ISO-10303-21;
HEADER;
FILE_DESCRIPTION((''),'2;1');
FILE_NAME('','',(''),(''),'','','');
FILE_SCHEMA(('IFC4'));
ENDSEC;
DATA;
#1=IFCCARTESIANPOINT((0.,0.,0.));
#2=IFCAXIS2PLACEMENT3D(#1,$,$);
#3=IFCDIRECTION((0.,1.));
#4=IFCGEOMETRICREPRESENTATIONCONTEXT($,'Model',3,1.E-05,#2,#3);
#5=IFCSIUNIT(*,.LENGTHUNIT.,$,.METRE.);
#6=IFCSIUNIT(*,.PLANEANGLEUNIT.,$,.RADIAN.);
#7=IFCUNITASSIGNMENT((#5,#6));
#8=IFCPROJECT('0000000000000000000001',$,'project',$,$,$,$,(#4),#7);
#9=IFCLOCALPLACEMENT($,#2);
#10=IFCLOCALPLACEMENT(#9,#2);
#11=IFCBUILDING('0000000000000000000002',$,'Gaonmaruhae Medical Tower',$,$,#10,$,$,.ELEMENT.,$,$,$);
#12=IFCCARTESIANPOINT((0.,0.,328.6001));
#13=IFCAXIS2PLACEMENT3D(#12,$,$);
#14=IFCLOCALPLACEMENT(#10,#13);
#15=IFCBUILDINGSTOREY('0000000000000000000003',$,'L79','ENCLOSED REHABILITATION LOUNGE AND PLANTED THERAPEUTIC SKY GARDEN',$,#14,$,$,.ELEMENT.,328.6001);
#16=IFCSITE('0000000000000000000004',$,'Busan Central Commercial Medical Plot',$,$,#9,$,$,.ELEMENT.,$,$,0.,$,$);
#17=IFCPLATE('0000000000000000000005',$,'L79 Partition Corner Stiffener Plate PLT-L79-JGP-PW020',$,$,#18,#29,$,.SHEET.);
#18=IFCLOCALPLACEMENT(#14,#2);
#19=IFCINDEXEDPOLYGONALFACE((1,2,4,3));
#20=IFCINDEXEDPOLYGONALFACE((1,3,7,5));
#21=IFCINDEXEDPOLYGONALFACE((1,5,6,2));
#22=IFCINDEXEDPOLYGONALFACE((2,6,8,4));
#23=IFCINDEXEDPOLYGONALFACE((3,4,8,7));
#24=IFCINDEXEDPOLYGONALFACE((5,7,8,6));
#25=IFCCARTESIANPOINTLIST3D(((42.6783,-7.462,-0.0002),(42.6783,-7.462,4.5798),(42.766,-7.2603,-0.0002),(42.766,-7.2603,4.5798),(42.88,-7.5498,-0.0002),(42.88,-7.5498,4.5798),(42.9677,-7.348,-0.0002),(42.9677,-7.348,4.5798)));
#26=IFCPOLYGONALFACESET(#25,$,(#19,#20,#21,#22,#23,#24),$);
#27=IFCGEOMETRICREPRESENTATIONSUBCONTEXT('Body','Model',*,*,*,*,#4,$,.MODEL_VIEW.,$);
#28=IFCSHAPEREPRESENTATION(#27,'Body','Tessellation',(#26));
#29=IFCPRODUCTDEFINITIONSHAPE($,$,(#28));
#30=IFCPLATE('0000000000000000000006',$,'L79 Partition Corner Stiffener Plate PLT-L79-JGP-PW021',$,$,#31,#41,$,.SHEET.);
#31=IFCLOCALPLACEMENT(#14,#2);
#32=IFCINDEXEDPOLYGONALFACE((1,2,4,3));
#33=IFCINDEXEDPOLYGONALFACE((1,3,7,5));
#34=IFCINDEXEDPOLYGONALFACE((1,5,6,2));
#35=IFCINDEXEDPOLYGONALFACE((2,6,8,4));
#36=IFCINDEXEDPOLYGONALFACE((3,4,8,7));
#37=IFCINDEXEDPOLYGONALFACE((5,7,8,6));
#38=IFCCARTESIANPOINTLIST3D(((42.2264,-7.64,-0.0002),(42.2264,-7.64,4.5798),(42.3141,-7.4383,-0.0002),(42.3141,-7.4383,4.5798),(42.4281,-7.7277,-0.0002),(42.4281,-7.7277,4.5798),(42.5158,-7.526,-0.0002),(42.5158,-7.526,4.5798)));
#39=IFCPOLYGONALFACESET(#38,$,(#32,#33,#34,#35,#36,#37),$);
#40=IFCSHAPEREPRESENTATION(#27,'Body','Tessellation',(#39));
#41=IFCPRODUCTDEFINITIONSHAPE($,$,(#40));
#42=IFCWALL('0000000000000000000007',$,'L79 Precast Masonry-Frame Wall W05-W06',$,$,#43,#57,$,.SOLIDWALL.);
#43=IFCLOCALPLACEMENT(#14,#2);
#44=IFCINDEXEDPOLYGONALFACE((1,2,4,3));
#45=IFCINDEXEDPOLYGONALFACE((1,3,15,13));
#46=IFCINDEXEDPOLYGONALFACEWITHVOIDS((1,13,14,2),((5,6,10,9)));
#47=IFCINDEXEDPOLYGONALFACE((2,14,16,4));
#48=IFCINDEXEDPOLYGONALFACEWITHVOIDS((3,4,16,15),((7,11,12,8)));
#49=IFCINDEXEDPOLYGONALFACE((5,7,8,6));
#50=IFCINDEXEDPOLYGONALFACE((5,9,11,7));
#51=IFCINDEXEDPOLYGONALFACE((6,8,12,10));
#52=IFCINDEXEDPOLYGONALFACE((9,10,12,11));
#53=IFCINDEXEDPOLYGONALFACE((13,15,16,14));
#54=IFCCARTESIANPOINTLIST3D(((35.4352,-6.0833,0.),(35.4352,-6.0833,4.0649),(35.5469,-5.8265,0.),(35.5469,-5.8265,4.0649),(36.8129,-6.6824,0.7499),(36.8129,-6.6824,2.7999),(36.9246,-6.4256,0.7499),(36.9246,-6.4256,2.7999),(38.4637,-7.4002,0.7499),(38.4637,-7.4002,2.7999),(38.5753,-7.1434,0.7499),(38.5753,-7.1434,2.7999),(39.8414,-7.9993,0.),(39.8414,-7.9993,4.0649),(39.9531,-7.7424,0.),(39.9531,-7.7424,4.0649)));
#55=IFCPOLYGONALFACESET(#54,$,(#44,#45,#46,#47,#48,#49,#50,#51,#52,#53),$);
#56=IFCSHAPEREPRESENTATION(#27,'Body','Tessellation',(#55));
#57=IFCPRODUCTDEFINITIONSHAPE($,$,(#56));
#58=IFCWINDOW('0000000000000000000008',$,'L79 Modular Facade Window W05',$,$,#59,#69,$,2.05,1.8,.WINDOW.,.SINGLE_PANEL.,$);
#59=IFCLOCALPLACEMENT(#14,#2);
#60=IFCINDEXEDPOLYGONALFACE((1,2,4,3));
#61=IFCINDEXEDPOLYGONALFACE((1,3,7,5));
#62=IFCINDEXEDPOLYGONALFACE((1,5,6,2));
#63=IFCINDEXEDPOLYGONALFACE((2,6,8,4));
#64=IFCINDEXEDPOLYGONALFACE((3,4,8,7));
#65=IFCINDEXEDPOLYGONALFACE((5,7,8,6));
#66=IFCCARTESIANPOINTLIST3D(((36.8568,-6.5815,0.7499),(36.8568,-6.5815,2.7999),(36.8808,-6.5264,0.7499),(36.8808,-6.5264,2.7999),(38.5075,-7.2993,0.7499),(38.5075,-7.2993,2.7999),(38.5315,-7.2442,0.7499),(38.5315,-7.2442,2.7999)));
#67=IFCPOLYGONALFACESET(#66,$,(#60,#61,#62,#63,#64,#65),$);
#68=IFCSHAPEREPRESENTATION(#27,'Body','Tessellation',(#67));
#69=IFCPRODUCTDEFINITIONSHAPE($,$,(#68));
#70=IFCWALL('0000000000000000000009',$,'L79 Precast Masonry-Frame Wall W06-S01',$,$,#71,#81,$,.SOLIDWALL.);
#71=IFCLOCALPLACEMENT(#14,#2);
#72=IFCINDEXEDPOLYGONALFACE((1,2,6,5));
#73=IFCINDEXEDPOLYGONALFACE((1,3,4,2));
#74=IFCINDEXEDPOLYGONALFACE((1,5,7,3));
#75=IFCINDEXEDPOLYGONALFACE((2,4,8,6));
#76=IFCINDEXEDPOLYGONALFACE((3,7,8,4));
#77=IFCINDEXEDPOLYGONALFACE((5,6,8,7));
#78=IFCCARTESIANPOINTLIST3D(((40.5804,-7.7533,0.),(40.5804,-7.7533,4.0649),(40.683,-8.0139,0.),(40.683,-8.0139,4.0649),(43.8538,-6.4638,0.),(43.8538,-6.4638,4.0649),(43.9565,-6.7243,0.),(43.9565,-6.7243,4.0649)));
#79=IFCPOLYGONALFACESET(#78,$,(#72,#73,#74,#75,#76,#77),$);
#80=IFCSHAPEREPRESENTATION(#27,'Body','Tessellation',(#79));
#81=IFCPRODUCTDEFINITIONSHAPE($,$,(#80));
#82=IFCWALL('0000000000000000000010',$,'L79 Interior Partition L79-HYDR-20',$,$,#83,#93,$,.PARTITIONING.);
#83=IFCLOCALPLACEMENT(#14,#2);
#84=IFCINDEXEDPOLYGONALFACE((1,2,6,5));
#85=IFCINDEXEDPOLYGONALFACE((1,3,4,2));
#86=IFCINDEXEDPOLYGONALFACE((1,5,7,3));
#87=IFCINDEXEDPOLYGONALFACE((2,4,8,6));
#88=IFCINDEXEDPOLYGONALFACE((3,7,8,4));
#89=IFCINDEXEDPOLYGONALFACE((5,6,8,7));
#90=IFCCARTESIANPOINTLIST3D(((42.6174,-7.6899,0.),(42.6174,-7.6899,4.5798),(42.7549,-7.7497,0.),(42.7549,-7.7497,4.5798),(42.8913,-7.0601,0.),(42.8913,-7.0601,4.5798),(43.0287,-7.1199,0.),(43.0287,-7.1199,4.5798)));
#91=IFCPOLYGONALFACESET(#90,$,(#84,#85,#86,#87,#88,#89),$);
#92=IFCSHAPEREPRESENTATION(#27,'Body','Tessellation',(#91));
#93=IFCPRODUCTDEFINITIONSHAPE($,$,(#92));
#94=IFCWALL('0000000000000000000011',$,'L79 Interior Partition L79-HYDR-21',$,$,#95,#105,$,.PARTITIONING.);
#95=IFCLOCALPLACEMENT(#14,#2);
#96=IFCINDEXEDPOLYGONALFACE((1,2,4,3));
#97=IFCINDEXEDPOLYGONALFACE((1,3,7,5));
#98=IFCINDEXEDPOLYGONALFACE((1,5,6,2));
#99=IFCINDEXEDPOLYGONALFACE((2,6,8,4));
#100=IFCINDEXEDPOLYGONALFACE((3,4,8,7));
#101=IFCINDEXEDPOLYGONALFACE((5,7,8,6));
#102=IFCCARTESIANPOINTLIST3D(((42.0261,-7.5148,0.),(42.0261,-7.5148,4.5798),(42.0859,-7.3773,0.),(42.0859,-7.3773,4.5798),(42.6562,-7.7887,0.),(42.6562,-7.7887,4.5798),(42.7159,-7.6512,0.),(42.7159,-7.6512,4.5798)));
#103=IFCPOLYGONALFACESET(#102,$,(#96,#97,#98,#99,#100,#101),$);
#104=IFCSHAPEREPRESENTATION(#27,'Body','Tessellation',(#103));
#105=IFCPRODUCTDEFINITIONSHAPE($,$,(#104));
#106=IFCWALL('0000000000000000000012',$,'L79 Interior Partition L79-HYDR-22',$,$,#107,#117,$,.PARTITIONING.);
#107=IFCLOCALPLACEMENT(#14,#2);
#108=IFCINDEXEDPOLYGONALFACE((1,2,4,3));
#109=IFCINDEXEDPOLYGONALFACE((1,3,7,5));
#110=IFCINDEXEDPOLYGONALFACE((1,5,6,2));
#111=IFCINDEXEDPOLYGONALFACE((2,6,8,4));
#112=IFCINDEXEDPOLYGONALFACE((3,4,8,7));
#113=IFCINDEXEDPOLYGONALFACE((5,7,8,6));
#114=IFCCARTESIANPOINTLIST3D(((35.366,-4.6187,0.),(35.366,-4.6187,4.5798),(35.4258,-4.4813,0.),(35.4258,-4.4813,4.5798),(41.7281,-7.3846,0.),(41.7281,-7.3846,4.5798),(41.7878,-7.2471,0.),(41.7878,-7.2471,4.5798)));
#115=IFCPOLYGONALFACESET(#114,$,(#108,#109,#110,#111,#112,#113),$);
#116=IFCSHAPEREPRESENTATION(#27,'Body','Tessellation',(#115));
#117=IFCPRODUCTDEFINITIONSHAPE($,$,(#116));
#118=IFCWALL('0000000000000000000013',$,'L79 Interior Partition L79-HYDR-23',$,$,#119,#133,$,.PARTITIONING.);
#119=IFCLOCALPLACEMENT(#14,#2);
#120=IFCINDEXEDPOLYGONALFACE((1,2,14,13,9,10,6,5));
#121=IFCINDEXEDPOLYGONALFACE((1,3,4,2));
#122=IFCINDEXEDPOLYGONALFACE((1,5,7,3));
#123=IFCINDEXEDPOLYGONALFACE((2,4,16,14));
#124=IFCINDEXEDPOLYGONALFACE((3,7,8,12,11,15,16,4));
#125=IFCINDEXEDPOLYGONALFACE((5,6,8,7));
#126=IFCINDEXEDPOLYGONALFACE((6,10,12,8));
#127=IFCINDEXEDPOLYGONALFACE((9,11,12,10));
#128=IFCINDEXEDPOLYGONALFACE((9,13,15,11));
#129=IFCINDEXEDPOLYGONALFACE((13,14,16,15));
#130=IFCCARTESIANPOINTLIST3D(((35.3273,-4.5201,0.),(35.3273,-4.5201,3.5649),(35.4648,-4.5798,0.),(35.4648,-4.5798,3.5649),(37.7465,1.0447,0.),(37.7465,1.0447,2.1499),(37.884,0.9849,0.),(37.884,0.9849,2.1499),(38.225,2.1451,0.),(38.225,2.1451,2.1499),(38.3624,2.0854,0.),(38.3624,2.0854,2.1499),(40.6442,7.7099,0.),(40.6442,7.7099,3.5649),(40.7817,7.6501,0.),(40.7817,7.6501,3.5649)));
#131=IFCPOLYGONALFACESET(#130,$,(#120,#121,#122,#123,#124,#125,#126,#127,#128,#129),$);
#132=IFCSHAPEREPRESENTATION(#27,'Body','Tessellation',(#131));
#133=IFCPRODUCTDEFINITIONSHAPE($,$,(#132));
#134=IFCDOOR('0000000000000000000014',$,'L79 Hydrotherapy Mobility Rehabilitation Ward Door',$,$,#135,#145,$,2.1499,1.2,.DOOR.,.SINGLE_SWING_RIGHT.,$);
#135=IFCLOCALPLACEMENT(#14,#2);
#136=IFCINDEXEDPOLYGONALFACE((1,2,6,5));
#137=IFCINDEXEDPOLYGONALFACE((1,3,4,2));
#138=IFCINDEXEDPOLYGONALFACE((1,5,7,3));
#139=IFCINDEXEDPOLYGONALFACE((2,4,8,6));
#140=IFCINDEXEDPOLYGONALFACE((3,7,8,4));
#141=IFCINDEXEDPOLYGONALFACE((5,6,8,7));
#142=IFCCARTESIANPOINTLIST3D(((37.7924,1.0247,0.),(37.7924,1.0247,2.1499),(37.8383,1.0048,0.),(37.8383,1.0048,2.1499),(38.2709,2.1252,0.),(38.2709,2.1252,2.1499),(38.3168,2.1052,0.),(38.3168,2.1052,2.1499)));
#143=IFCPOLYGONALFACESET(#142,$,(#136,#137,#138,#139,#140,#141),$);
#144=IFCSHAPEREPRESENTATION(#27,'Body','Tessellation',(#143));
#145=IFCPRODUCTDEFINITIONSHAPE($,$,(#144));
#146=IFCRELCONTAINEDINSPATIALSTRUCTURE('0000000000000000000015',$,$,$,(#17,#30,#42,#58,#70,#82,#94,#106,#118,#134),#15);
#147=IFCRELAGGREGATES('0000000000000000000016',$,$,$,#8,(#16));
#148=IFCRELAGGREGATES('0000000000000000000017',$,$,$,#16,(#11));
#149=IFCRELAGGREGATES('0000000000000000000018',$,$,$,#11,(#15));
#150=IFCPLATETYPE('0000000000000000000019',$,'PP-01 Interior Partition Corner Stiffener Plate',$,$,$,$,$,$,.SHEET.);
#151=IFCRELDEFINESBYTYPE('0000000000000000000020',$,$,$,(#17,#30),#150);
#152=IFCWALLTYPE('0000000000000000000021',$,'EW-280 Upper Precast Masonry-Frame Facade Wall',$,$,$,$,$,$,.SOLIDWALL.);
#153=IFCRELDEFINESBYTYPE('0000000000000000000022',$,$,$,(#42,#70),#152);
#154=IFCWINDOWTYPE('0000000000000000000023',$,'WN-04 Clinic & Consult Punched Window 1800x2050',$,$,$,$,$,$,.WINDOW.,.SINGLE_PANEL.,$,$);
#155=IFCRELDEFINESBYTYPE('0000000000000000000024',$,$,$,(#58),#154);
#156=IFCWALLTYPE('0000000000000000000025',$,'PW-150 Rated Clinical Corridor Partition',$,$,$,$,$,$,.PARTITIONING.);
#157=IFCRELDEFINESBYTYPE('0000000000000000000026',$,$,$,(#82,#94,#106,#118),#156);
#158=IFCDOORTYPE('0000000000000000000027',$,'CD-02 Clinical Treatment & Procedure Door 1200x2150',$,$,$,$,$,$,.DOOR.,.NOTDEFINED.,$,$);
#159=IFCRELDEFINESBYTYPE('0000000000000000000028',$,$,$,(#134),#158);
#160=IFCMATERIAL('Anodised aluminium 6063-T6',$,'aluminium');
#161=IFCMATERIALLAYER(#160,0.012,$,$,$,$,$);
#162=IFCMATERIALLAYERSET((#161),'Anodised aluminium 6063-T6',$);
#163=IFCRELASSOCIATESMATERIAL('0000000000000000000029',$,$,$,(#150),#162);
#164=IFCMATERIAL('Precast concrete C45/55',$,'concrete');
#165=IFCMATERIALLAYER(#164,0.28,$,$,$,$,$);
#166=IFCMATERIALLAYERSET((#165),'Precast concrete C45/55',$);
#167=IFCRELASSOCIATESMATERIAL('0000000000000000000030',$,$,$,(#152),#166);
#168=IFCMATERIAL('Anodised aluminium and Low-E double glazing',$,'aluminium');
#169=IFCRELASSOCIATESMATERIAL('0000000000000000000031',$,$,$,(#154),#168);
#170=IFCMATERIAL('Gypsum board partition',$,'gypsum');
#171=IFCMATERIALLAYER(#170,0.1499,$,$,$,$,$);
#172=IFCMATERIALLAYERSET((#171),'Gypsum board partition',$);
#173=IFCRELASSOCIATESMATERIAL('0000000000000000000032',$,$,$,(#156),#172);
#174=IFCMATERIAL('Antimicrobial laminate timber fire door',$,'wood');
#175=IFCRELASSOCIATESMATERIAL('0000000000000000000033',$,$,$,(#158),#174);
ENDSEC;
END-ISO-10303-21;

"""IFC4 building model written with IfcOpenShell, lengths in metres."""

from ifc_helpers import new_model, si_unit, direction, frame, frame_2d, origin, origin_2d, place, context, subcontext, project, spatial, rectangle, extrude, material, layer, layer_set, type_object, element, fill, save


model = new_model("IFC4")

# Units and contexts
model_context = context("Model", 3, precision=1e-05, world=origin(), true_north=direction((0.0, 1.0)))
body_context = subcontext(model_context, "Body", "Model", "MODEL_VIEW")
ifc_project = project(units=[si_unit("LENGTHUNIT", "METRE"), si_unit("PLANEANGLEUNIT", "RADIAN")], contexts=[model_context])

# Site, building, storey
site_placement = place(None, origin())
site = spatial("IfcSite", under=ifc_project, at=site_placement, Name="Busan Central Commercial Medical Plot", CompositionType="ELEMENT", RefElevation=0.0)
building_placement = place(site_placement, origin())
building = spatial("IfcBuilding", under=site, at=building_placement, Name="Gaonmaruhae Medical Tower", CompositionType="ELEMENT")
storey_placement = place(building_placement, frame((0.0, 0.0, 328.6001)))
storey = spatial("IfcBuildingStorey", under=building, at=storey_placement, Name="L79", Description="ENCLOSED REHABILITATION LOUNGE AND PLANTED THERAPEUTIC SKY GARDEN", CompositionType="ELEMENT", Elevation=328.6001)

# Plates
ifc_material_1 = material(Name="Anodised aluminium 6063-T6", Category="aluminium")
ifc_layer_1 = layer(ifc_material_1, 0.012)
ifc_layer_set_1 = layer_set([ifc_layer_1], Name="Anodised aluminium 6063-T6")
plate_type = type_object("IfcPlateType", Name="PP-01 Interior Partition Corner Stiffener Plate", PredefinedType="SHEET", material=ifc_layer_set_1)
for number, where, z_axis, x_axis, name in (
    (1, (42.823, -7.405, -0.0002), (0.0, 0.0, 1.0), (-0.398829, -0.917025, 0.0), "L79 Partition Corner Stiffener Plate PLT-L79-JGP-PW020"),
    (2, (42.3711, -7.583, -0.0002), (0.0, 0.0, 1.0), (-0.917025, 0.398829, 0.0), "L79 Partition Corner Stiffener Plate PLT-L79-JGP-PW021"),
):
    element("IfcPlate", number, at=place(storey_placement, frame(where, z_axis=z_axis, x_axis=x_axis)), inside=storey, type_object=plate_type, Name=name, PredefinedType="SHEET", context=body_context, shape_type="SweptSolid", body=[
        extrude(rectangle(XDim=0.22, YDim=0.22, at=origin_2d()), origin(), (0.0, 0.0, 1.0), 4.5801),
    ])

# Wall, opening, window
ifc_material_2 = material(Name="Precast concrete C45/55", Category="concrete")
ifc_layer_2 = layer(ifc_material_2, 0.28)
ifc_layer_set_2 = layer_set([ifc_layer_2], Name="Precast concrete C45/55")
wall_type_1 = type_object("IfcWallType", Name="EW-280 Upper Precast Masonry-Frame Facade Wall", PredefinedType="SOLIDWALL", material=ifc_layer_set_2)
wall_1_placement = place(storey_placement, frame((39.8972, -7.8708, 0.0), z_axis=(0.0, 0.0, 1.0), x_axis=(-0.917051, 0.398771, 0.0)))
wall_1 = element("IfcWall", 3, at=wall_1_placement, inside=storey, type_object=wall_type_1, Name="L79 Precast Masonry-Frame Wall W05-W06", PredefinedType="SOLIDWALL", context=body_context, shape_type="SweptSolid", body=[
    extrude(rectangle(XDim=4.8047, YDim=0.28, at=frame_2d((2.4023, 0.0))), origin(), (0.0, 0.0, 1.0), 4.0649),
])
opening_1_placement = place(wall_1_placement, frame((1.5024, 0.0, 0.75)))
opening_1 = element("IfcOpeningElement", 4, at=opening_1_placement, cuts=wall_1, PredefinedType="OPENING", context=body_context, shape_type="SweptSolid", body=[
    extrude(rectangle(XDim=1.8, YDim=2.05, at=frame_2d((0.8999, 1.0249))), frame((0.0, 0.1499, 0.0), z_axis=(0.0, -1.0, 0.0), x_axis=(1.0, 0.0, 0.0)), (0.0, 0.0, 1.0), 0.3),
])
ifc_material_3 = material(Name="Anodised aluminium and Low-E double glazing", Category="aluminium")
window_type = type_object("IfcWindowType", Name="WN-04 Clinic & Consult Punched Window 1800x2050", PartitioningType="SINGLE_PANEL", PredefinedType="WINDOW", material=ifc_material_3)
window_placement = place(opening_1_placement, origin())
window = element("IfcWindow", 5, at=window_placement, inside=storey, type_object=window_type, Name="L79 Modular Facade Window W05", OverallHeight=2.05, OverallWidth=1.8, PartitioningType="SINGLE_PANEL", PredefinedType="WINDOW", context=body_context, shape_type="SweptSolid", body=[
    extrude(rectangle(XDim=1.8, YDim=2.05, at=frame_2d((0.8999, 1.0249))), frame((0.0, 0.03, 0.0), z_axis=(0.0, -1.0, 0.0), x_axis=(1.0, 0.0, 0.0)), (0.0, 0.0, 1.0), 0.0601),
])
fill(opening_1, window)

# Walls
wall_2_placement = place(storey_placement, frame((43.9053, -6.594, 0.0), z_axis=(0.0, 0.0, 1.0), x_axis=(-0.930407, -0.366528, 0.0)))
element("IfcWall", 6, at=wall_2_placement, inside=storey, type_object=wall_type_1, Name="L79 Precast Masonry-Frame Wall W06-S01", PredefinedType="SOLIDWALL", context=body_context, shape_type="SweptSolid", body=[
    extrude(rectangle(XDim=3.5183, YDim=0.28, at=frame_2d((1.7593, 0.0))), origin(), (0.0, 0.0, 1.0), 4.0649),
])
ifc_material_4 = material(Name="Gypsum board partition", Category="gypsum")
ifc_layer_3 = layer(ifc_material_4, 0.1499)
ifc_layer_set_3 = layer_set([ifc_layer_3], Name="Gypsum board partition")
wall_type_2 = type_object("IfcWallType", Name="PW-150 Rated Clinical Corridor Partition", PredefinedType="PARTITIONING", material=ifc_layer_set_3)
wall_3_placement = place(storey_placement, frame((42.96, -7.0901, 0.0), z_axis=(0.0, 0.0, 1.0), x_axis=(-0.398804, -0.917036, 0.0)))
element("IfcWall", 7, at=wall_3_placement, inside=storey, type_object=wall_type_2, Name="L79 Interior Partition L79-HYDR-20", PredefinedType="PARTITIONING", context=body_context, shape_type="SweptSolid", body=[
    extrude(rectangle(XDim=0.6868, YDim=0.1499, at=frame_2d((0.3433, 0.0))), origin(), (0.0, 0.0, 1.0), 4.5798),
])
wall_4_placement = place(storey_placement, frame((42.686, -7.72, 0.0), z_axis=(0.0, 0.0, 1.0), x_axis=(-0.917093, 0.398674, 0.0)))
element("IfcWall", 8, at=wall_4_placement, inside=storey, type_object=wall_type_2, Name="L79 Interior Partition L79-HYDR-21", PredefinedType="PARTITIONING", context=body_context, shape_type="SweptSolid", body=[
    extrude(rectangle(XDim=0.687, YDim=0.1499, at=frame_2d((0.3435, 0.0))), origin(), (0.0, 0.0, 1.0), 4.5798),
])
wall_5_placement = place(storey_placement, frame((41.7581, -7.3159, 0.0), z_axis=(0.0, 0.0, 1.0), x_axis=(-0.917083, 0.398697, 0.0)))
element("IfcWall", 9, at=wall_5_placement, inside=storey, type_object=wall_type_2, Name="L79 Interior Partition L79-HYDR-22", PredefinedType="PARTITIONING", context=body_context, shape_type="SweptSolid", body=[
    extrude(rectangle(XDim=6.9373, YDim=0.1499, at=frame_2d((3.4688, 0.0))), origin(), (0.0, 0.0, 1.0), 4.5798),
])

# Wall, opening, door
wall_6_placement = place(storey_placement, frame((35.396, -4.55, 0.0), z_axis=(0.0, 0.0, 1.0), x_axis=(0.398695, 0.917083, 0.0)))
wall_6 = element("IfcWall", 10, at=wall_6_placement, inside=storey, type_object=wall_type_2, Name="L79 Interior Partition L79-HYDR-23", PredefinedType="PARTITIONING", context=body_context, shape_type="SweptSolid", body=[
    extrude(rectangle(XDim=13.3357, YDim=0.1499, at=frame_2d((6.668, 0.0))), origin(), (0.0, 0.0, 1.0), 3.5649),
])
opening_2_placement = place(wall_6_placement, frame((6.0679, 0.0, 0.0)))
opening_2 = element("IfcOpeningElement", 11, at=opening_2_placement, cuts=wall_6, PredefinedType="OPENING", context=body_context, shape_type="SweptSolid", body=[
    extrude(rectangle(XDim=1.2, YDim=2.1499, at=frame_2d((0.6001, 1.075))), frame((0.0, 0.085, 0.0), z_axis=(0.0, -1.0, 0.0), x_axis=(1.0, 0.0, 0.0)), (0.0, 0.0, 1.0), 0.1699),
])
ifc_material_5 = material(Name="Antimicrobial laminate timber fire door", Category="wood")
door_type = type_object("IfcDoorType", Name="CD-02 Clinical Treatment & Procedure Door 1200x2150", OperationType="NOTDEFINED", PredefinedType="DOOR", material=ifc_material_5)
door_placement = place(opening_2_placement, origin())
door = element("IfcDoor", 12, at=door_placement, inside=storey, type_object=door_type, Name="L79 Hydrotherapy Mobility Rehabilitation Ward Door", OperationType="SINGLE_SWING_RIGHT", OverallHeight=2.1499, OverallWidth=1.2, PredefinedType="DOOR", context=body_context, shape_type="SweptSolid", body=[
    extrude(rectangle(XDim=1.2, YDim=2.1499, at=frame_2d((0.6001, 1.075))), frame((0.0, 0.0249, 0.0), z_axis=(0.0, -1.0, 0.0), x_axis=(1.0, 0.0, 0.0)), (0.0, 0.0, 1.0), 0.05),
])
fill(opening_2, door)

save(model, "model.ifc")
